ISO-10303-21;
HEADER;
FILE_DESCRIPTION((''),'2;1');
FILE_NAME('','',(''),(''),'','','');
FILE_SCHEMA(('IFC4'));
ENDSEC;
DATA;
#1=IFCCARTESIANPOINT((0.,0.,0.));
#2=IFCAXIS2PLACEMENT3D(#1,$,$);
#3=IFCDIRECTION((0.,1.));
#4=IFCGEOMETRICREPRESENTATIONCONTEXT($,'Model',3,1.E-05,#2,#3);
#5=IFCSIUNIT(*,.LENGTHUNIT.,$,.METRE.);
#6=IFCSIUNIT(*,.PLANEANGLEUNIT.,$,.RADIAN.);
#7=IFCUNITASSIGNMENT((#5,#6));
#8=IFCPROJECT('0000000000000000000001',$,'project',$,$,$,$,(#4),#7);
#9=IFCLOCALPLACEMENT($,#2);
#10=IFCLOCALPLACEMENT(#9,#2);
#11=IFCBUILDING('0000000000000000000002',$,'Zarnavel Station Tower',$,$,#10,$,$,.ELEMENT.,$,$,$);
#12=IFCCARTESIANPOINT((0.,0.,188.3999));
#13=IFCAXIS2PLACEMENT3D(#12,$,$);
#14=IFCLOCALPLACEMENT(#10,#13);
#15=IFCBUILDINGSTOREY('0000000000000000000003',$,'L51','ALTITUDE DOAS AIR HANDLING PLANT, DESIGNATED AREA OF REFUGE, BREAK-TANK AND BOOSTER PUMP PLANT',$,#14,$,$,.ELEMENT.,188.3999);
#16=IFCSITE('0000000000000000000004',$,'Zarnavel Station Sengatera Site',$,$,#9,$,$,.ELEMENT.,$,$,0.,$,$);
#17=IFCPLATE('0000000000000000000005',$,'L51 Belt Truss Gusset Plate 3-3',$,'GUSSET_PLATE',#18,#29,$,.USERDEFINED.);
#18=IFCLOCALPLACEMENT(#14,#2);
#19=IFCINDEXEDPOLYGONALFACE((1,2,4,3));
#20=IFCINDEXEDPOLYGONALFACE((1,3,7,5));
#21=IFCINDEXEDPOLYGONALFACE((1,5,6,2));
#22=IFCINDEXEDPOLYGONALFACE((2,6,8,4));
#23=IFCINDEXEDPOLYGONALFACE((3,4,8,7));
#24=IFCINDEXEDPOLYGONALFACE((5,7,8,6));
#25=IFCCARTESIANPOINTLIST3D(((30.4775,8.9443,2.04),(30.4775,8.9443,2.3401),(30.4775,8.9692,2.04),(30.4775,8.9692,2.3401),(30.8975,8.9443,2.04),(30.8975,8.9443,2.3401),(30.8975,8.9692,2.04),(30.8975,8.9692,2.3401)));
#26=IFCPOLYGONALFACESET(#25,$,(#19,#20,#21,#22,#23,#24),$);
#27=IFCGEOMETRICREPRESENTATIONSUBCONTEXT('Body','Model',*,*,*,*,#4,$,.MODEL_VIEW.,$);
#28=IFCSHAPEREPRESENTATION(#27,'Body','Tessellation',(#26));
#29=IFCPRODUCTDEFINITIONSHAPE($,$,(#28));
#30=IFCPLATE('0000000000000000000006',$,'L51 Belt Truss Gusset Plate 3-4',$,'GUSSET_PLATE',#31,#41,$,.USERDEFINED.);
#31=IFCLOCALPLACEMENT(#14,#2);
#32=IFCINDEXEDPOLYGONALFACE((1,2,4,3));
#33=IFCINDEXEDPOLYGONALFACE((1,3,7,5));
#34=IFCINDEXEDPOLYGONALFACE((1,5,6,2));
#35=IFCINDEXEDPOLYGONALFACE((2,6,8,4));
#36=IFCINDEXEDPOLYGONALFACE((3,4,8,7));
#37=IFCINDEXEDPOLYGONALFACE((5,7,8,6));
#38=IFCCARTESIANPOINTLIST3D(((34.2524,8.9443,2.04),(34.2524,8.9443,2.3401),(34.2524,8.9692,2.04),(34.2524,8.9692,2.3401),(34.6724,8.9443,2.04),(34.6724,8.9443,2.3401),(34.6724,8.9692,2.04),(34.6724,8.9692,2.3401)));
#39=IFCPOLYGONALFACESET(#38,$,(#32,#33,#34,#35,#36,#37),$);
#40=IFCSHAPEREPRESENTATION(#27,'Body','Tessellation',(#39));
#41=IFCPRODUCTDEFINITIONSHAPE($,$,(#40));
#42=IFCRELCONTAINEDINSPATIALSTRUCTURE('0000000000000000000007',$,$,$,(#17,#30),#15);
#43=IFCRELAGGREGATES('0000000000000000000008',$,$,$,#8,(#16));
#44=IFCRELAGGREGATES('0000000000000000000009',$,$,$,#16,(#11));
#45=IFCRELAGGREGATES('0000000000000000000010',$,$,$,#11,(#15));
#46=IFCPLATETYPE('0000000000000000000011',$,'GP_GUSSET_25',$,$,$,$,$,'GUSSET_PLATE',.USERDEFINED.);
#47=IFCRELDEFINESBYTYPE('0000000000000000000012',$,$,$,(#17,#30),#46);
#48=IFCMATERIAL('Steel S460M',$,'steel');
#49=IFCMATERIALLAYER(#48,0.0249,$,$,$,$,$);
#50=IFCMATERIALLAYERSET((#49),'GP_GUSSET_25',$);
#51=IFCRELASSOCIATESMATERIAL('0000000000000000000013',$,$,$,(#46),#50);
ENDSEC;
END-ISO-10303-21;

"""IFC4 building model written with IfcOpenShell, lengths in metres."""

from ifc_helpers import new_model, si_unit, direction, frame, origin, origin_2d, place, context, subcontext, project, spatial, rectangle, extrude, material, layer, layer_set, type_object, element, save


model = new_model("IFC4")

# Units and contexts
model_context = context("Model", 3, precision=1e-05, world=origin(), true_north=direction((0.0, 1.0)))
body_context = subcontext(model_context, "Body", "Model", "MODEL_VIEW")
ifc_project = project(units=[si_unit("LENGTHUNIT", "METRE"), si_unit("PLANEANGLEUNIT", "RADIAN")], contexts=[model_context])

# Site, building, storey
site_placement = place(None, origin())
site = spatial("IfcSite", under=ifc_project, at=site_placement, Name="Zarnavel Station Sengatera Site", CompositionType="ELEMENT", RefElevation=0.0)
building_placement = place(site_placement, origin())
building = spatial("IfcBuilding", under=site, at=building_placement, Name="Zarnavel Station Tower", CompositionType="ELEMENT")
storey_placement = place(building_placement, frame((0.0, 0.0, 188.3999)))
storey = spatial("IfcBuildingStorey", under=building, at=storey_placement, Name="L51", Description="ALTITUDE DOAS AIR HANDLING PLANT, DESIGNATED AREA OF REFUGE, BREAK-TANK AND BOOSTER PUMP PLANT", CompositionType="ELEMENT", Elevation=188.3999)

# Plates
ifc_material_1 = material(Name="Steel S460M", Category="steel")
ifc_layer_1 = layer(ifc_material_1, 0.0249)
ifc_layer_set_1 = layer_set([ifc_layer_1], Name="GP_GUSSET_25")
plate_type = type_object("IfcPlateType", Name="GP_GUSSET_25", ElementType="GUSSET_PLATE", PredefinedType="USERDEFINED", material=ifc_layer_set_1)
for number, where, z_axis, x_axis, name in (
    (1, (30.6875, 8.9568, 2.04), (0.0, 0.0, 1.0), (1.0, 0.0, 0.0), "L51 Belt Truss Gusset Plate 3-3"),
    (2, (34.4624, 8.9568, 2.04), (0.0, 0.0, 1.0), (1.0, 0.0, 0.0), "L51 Belt Truss Gusset Plate 3-4"),
):
    element("IfcPlate", number, at=place(storey_placement, frame(where, z_axis=z_axis, x_axis=x_axis)), inside=storey, type_object=plate_type, Name=name, ObjectType="GUSSET_PLATE", PredefinedType="USERDEFINED", context=body_context, shape_type="SweptSolid", body=[
        extrude(rectangle(XDim=0.4199, YDim=0.0249, at=origin_2d()), origin(), (0.0, 0.0, 1.0), 0.3),
    ])

save(model, "model.ifc")
